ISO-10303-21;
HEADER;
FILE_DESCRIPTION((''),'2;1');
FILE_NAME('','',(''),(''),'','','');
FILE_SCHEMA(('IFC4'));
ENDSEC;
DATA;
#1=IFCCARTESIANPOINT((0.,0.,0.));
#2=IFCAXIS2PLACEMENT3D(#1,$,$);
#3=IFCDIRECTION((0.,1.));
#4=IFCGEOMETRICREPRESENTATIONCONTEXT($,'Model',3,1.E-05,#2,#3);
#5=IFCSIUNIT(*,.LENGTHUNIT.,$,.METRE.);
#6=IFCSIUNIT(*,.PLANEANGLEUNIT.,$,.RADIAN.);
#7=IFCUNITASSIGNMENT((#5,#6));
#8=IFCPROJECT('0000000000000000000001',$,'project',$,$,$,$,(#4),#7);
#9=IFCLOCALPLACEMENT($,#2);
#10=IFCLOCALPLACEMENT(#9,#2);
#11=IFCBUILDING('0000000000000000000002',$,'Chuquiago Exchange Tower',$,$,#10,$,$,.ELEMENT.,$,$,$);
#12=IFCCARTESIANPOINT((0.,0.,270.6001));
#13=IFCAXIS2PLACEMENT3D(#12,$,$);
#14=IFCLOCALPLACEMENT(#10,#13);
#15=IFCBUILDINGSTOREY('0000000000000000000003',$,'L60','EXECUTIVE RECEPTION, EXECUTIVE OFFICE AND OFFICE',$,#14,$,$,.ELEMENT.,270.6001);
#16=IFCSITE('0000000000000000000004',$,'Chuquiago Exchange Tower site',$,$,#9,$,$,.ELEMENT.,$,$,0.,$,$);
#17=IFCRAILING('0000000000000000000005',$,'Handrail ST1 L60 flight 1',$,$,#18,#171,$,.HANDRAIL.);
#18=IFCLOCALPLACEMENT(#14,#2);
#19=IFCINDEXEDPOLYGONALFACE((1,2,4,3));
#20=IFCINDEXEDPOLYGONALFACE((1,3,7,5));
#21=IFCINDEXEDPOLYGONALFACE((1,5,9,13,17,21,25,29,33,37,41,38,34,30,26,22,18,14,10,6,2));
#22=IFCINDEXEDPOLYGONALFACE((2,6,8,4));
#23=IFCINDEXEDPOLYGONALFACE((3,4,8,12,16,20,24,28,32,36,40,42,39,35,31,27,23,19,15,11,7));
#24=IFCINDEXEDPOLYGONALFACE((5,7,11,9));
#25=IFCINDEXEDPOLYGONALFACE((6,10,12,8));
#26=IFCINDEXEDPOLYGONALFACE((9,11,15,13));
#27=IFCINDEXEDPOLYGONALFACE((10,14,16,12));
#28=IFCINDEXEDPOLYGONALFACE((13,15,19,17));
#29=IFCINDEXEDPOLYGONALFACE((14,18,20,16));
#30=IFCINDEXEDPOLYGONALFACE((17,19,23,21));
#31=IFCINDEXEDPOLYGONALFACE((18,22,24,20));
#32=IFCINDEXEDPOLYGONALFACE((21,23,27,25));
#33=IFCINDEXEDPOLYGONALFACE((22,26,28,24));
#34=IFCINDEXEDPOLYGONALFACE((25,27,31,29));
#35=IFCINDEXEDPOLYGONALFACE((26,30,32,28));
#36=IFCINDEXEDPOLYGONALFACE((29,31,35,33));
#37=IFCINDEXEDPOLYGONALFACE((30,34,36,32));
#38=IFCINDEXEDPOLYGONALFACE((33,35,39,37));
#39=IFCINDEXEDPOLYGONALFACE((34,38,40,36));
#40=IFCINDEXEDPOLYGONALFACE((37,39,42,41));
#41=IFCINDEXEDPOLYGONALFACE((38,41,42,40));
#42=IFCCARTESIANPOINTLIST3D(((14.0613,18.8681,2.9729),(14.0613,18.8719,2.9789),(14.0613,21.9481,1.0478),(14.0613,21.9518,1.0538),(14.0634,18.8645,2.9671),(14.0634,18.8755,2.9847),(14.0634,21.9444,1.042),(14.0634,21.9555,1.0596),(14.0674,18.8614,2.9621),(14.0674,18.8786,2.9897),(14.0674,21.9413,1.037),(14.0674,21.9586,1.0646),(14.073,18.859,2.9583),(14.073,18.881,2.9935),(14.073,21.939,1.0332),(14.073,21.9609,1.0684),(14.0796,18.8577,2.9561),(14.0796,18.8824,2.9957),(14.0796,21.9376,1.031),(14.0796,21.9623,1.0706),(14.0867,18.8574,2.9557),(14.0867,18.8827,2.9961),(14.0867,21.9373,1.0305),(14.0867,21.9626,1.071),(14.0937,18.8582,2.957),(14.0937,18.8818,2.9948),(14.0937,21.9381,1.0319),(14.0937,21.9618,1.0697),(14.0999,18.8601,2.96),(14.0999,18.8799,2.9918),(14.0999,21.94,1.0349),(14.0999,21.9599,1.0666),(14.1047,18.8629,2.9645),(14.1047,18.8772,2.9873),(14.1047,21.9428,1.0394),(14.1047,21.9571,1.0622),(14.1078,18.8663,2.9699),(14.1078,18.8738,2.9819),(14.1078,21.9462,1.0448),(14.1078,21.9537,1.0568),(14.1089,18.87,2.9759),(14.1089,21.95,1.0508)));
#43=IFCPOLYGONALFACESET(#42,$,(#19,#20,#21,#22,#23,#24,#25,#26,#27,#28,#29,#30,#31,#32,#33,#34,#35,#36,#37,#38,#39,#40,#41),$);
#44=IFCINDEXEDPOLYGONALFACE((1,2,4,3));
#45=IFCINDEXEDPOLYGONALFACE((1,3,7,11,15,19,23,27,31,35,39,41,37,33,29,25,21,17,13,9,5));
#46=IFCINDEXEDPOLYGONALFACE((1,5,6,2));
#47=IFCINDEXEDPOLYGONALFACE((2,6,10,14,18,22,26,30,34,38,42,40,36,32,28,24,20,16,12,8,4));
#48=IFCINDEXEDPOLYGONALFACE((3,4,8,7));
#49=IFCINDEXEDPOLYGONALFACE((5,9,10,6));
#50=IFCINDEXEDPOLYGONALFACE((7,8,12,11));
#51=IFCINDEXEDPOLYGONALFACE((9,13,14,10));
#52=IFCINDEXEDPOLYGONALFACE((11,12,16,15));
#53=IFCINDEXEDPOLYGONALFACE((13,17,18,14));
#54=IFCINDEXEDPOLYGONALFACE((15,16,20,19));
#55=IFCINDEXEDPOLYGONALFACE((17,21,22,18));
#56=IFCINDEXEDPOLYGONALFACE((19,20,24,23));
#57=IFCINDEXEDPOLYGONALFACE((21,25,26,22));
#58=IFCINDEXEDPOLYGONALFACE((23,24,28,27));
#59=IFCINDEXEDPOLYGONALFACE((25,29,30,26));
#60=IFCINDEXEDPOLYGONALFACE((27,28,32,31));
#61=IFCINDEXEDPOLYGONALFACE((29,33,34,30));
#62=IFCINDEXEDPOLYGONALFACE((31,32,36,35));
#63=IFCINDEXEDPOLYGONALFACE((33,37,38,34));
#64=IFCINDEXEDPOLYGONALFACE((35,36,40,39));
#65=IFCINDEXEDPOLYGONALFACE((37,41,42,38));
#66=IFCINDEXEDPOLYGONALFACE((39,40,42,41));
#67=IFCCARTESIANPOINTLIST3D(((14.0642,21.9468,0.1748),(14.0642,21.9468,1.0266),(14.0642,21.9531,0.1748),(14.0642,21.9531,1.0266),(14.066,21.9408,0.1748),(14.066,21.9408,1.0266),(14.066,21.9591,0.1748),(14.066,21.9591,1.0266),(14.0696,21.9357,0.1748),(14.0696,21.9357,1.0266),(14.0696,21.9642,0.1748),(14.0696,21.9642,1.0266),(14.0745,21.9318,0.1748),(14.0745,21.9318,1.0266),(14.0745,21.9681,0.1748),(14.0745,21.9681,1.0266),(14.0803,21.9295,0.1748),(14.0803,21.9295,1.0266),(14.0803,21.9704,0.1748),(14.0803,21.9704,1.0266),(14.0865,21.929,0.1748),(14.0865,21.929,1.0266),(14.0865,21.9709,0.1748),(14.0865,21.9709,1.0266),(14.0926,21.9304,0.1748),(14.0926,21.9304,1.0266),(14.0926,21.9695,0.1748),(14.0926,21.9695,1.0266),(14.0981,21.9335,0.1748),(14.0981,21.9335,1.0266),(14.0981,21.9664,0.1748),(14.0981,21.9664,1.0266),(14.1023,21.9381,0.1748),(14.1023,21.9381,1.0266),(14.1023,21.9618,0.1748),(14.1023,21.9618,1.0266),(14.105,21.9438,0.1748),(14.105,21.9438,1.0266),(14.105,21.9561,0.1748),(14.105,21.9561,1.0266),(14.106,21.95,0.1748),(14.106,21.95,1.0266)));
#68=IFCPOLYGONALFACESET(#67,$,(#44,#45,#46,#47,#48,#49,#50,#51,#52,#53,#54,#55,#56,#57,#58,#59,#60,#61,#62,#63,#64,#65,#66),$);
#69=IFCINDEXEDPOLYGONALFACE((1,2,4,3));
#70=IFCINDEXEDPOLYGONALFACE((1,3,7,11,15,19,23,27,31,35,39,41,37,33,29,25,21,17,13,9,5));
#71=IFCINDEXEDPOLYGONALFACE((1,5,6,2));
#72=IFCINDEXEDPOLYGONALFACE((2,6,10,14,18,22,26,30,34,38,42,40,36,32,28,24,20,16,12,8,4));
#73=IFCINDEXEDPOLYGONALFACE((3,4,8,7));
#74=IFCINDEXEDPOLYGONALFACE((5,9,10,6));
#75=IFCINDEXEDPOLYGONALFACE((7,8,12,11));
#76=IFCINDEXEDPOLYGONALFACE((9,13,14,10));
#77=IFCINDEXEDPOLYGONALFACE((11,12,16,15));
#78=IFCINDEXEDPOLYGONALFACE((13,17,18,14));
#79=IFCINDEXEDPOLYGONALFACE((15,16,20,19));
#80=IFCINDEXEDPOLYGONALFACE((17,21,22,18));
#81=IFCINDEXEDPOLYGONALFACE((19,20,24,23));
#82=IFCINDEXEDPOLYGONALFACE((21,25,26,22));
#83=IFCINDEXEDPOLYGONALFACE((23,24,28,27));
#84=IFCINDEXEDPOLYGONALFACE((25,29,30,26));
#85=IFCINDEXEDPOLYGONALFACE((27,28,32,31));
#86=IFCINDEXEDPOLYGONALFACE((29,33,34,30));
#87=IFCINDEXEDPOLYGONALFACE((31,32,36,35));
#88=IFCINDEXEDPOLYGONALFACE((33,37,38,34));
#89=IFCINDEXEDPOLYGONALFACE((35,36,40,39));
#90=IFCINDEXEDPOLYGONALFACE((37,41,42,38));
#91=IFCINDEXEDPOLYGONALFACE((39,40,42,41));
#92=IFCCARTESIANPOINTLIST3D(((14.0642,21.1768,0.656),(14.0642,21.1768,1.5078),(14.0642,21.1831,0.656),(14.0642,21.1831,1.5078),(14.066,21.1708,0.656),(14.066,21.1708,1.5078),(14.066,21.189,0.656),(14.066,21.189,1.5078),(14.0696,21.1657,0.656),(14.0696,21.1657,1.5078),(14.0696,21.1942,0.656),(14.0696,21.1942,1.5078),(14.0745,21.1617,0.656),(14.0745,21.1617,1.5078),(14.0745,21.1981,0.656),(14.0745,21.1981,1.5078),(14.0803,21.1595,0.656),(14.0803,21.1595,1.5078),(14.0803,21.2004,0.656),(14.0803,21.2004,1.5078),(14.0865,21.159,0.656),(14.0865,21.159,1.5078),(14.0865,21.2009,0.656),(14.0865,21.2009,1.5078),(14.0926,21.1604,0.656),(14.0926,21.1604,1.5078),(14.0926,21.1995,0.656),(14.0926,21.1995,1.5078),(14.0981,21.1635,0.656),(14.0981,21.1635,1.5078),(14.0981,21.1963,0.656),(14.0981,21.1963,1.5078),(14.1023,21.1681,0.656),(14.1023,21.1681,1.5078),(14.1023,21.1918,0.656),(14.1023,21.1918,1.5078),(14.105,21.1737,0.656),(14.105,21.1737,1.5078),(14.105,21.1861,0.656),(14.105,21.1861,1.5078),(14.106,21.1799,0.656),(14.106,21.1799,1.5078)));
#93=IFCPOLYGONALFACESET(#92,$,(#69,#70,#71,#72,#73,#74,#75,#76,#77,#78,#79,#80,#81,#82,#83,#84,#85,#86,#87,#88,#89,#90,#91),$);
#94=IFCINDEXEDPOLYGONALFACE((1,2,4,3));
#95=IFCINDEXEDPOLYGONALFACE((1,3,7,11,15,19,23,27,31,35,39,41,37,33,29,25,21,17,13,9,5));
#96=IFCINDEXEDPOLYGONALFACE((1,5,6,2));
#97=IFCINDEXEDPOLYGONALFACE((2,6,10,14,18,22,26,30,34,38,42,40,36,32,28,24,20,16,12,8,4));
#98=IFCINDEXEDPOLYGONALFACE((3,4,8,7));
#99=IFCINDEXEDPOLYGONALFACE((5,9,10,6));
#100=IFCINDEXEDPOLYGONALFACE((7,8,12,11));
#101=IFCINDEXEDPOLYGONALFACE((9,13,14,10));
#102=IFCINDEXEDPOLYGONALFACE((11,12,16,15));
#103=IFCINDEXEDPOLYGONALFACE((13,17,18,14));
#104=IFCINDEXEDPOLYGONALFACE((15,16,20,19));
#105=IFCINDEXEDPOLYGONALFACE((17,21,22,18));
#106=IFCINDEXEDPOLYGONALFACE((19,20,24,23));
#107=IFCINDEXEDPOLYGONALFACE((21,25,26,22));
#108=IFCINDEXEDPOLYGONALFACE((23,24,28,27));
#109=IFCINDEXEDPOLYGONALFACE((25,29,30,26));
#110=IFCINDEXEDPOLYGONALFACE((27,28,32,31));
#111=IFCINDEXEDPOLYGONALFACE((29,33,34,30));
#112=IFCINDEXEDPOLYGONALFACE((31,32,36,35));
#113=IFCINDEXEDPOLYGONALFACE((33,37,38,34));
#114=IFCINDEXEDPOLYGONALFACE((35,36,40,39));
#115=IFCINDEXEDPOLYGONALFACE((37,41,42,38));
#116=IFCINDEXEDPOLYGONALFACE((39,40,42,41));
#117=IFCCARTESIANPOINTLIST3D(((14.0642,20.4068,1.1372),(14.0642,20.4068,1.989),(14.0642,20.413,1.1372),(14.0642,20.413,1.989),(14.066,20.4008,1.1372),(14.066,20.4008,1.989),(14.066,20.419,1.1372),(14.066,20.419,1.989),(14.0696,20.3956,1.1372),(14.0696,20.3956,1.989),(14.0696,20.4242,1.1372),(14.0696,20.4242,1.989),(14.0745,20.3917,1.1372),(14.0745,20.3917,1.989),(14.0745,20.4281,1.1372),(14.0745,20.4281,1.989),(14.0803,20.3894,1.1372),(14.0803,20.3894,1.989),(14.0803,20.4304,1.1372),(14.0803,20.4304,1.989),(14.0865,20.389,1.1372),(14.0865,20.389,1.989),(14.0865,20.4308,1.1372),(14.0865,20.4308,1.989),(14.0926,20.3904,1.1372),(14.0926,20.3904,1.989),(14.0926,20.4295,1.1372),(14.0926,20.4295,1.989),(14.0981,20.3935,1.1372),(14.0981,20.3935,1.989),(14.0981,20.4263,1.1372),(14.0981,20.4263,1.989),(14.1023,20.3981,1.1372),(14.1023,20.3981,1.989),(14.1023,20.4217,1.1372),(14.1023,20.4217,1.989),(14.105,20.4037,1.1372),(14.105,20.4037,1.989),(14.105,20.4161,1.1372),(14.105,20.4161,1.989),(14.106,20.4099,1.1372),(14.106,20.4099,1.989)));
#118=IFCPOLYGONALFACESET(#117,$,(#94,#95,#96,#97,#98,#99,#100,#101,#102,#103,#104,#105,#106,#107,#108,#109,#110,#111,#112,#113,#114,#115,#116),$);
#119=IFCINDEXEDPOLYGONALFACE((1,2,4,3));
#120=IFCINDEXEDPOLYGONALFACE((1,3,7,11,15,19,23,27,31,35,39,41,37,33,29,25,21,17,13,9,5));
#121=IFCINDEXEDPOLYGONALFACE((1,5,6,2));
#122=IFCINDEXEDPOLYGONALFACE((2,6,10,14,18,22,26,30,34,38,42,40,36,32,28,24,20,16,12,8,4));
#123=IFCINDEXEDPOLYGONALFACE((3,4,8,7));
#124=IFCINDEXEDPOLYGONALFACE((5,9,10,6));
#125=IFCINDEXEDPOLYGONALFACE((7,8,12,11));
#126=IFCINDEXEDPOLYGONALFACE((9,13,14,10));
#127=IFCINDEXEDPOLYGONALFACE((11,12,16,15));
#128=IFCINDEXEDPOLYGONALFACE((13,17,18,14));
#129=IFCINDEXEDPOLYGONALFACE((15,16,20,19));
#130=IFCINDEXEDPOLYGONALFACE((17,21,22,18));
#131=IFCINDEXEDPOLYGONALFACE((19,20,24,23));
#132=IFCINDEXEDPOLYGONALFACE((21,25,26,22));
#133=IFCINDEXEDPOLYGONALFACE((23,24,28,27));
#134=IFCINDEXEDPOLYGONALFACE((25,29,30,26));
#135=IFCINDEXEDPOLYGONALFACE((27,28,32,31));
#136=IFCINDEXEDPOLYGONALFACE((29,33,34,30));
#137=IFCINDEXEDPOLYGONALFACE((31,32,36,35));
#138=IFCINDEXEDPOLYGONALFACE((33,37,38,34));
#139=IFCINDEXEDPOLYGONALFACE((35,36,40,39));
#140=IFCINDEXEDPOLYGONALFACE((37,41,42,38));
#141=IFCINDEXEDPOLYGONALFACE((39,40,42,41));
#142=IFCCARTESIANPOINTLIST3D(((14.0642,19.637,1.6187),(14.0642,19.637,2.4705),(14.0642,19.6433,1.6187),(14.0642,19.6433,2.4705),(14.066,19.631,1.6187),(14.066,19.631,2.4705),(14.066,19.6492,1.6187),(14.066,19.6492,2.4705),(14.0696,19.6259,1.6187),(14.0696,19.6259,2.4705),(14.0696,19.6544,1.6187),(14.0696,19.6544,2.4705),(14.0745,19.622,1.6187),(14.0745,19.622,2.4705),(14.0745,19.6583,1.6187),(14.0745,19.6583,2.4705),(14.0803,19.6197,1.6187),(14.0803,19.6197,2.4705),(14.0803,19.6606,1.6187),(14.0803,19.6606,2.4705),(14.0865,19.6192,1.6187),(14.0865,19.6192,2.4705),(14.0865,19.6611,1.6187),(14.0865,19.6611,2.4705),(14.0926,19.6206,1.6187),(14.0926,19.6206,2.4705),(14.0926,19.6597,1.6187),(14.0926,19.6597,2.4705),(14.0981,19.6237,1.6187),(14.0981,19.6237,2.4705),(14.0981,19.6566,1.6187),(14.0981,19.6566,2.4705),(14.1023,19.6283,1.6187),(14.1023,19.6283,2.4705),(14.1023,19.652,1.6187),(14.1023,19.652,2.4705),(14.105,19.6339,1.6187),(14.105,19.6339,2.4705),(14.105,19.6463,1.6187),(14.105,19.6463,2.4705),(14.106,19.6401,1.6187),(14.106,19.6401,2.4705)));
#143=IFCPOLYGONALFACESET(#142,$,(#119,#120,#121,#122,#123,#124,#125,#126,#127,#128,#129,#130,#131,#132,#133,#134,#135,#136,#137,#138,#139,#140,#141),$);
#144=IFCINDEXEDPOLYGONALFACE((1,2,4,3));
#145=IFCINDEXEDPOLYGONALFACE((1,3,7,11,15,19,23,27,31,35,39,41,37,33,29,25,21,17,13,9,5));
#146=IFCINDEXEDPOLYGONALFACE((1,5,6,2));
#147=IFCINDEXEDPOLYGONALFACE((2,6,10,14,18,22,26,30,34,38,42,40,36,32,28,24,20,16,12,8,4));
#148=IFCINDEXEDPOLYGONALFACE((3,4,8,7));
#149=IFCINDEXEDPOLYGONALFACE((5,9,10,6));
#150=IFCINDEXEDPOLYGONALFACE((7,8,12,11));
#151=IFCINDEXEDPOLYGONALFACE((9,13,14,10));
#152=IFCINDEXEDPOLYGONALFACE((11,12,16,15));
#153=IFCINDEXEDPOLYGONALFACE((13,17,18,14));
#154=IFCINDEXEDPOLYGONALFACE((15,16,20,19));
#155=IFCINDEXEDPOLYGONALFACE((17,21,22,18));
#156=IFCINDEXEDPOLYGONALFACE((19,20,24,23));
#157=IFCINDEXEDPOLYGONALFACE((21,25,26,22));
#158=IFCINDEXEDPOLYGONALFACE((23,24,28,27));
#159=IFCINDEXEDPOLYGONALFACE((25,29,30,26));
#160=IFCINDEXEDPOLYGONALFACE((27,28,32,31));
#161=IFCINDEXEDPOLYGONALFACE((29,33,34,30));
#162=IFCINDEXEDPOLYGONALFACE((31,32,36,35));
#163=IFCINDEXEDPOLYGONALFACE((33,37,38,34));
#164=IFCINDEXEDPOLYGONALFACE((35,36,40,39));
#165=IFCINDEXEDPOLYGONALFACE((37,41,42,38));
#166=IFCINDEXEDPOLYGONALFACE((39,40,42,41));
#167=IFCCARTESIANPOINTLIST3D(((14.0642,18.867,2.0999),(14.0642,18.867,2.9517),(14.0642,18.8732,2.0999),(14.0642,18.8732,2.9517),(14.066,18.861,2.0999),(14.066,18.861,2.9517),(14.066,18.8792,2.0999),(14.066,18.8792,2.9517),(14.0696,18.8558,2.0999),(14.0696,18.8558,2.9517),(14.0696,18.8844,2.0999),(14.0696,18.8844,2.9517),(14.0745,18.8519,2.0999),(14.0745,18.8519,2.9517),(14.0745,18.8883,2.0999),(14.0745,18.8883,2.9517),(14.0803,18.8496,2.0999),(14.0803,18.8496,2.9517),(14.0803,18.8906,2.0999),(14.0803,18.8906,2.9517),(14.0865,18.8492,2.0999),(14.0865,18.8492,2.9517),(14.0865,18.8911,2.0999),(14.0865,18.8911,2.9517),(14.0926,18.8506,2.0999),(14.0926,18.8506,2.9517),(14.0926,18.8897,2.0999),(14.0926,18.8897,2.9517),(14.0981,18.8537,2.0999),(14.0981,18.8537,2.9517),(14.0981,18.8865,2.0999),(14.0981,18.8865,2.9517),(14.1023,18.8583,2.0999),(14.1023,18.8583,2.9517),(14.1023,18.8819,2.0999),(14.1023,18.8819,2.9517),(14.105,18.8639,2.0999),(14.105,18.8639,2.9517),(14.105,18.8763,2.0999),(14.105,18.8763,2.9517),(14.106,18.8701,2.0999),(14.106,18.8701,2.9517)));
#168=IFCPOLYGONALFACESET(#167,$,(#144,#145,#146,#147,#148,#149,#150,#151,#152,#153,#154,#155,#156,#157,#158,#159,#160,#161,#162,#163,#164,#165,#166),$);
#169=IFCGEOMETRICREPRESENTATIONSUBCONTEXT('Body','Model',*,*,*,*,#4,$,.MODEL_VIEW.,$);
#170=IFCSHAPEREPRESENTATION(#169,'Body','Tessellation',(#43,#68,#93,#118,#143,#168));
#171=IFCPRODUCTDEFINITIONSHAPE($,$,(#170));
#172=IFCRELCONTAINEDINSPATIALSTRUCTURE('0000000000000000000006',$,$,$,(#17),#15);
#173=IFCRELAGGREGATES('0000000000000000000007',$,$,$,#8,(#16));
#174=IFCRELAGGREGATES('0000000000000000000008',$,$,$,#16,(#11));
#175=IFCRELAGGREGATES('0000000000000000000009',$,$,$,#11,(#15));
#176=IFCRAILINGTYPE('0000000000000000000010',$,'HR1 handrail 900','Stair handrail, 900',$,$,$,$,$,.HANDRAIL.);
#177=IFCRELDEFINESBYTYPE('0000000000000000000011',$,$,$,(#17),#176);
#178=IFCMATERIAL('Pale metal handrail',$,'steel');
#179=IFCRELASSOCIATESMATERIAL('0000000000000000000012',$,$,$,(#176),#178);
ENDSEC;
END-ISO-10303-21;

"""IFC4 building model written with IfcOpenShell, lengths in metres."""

from ifc_helpers import new_model, si_unit, direction, frame, origin, origin_2d, place, context, subcontext, project, spatial, circle, extrude, material, type_object, element, save


model = new_model("IFC4")

# Units and contexts
model_context = context("Model", 3, precision=1e-05, world=origin(), true_north=direction((0.0, 1.0)))
body_context = subcontext(model_context, "Body", "Model", "MODEL_VIEW")
ifc_project = project(units=[si_unit("LENGTHUNIT", "METRE"), si_unit("PLANEANGLEUNIT", "RADIAN")], contexts=[model_context])

# Site, building, storey
site_placement = place(None, origin())
site = spatial("IfcSite", under=ifc_project, at=site_placement, Name="Chuquiago Exchange Tower site", CompositionType="ELEMENT", RefElevation=0.0)
building_placement = place(site_placement, origin())
building = spatial("IfcBuilding", under=site, at=building_placement, Name="Chuquiago Exchange Tower", CompositionType="ELEMENT")
storey_placement = place(building_placement, frame((0.0, 0.0, 270.6001)))
storey = spatial("IfcBuildingStorey", under=building, at=storey_placement, Name="L60", Description="EXECUTIVE RECEPTION, EXECUTIVE OFFICE AND OFFICE", CompositionType="ELEMENT", Elevation=270.6001)

# Railing
ifc_material_1 = material(Name="Pale metal handrail", Category="steel")
railing_type_1 = type_object("IfcRailingType", Name="HR1 handrail 900", Description="Stair handrail, 900", PredefinedType="HANDRAIL", material=ifc_material_1)
for number, where, name in (
    (1, (14.085, 21.95, 0.1748), "Handrail ST1 L60 flight 1"),
):
    element("IfcRailing", number, at=place(storey_placement, frame(where)), inside=storey, type_object=railing_type_1, Name=name, PredefinedType="HANDRAIL", context=body_context, shape_type="SweptSolid", body=[
        extrude(circle(Radius=0.0239, at=origin_2d()), frame((0.0, 0.0, 0.876), z_axis=(0.0, -0.847979, 0.530029), x_axis=(1.0, 0.0, 0.0)), (0.0, 0.0, 1.0), 3.6321),
        extrude(circle(Radius=0.021, at=origin_2d()), origin(), (0.0, 0.0, 1.0), 0.8518),
        extrude(circle(Radius=0.021, at=origin_2d()), frame((0.0, -0.77, 0.4812)), (0.0, 0.0, 1.0), 0.8518),
        extrude(circle(Radius=0.021, at=origin_2d()), frame((0.0, -1.54, 0.9624)), (0.0, 0.0, 1.0), 0.8518),
        extrude(circle(Radius=0.021, at=origin_2d()), frame((0.0, -2.3098, 1.4438)), (0.0, 0.0, 1.0), 0.8518),
        extrude(circle(Radius=0.021, at=origin_2d()), frame((0.0, -3.0798, 1.925)), (0.0, 0.0, 1.0), 0.8518),
    ])

save(model, "model.ifc")
